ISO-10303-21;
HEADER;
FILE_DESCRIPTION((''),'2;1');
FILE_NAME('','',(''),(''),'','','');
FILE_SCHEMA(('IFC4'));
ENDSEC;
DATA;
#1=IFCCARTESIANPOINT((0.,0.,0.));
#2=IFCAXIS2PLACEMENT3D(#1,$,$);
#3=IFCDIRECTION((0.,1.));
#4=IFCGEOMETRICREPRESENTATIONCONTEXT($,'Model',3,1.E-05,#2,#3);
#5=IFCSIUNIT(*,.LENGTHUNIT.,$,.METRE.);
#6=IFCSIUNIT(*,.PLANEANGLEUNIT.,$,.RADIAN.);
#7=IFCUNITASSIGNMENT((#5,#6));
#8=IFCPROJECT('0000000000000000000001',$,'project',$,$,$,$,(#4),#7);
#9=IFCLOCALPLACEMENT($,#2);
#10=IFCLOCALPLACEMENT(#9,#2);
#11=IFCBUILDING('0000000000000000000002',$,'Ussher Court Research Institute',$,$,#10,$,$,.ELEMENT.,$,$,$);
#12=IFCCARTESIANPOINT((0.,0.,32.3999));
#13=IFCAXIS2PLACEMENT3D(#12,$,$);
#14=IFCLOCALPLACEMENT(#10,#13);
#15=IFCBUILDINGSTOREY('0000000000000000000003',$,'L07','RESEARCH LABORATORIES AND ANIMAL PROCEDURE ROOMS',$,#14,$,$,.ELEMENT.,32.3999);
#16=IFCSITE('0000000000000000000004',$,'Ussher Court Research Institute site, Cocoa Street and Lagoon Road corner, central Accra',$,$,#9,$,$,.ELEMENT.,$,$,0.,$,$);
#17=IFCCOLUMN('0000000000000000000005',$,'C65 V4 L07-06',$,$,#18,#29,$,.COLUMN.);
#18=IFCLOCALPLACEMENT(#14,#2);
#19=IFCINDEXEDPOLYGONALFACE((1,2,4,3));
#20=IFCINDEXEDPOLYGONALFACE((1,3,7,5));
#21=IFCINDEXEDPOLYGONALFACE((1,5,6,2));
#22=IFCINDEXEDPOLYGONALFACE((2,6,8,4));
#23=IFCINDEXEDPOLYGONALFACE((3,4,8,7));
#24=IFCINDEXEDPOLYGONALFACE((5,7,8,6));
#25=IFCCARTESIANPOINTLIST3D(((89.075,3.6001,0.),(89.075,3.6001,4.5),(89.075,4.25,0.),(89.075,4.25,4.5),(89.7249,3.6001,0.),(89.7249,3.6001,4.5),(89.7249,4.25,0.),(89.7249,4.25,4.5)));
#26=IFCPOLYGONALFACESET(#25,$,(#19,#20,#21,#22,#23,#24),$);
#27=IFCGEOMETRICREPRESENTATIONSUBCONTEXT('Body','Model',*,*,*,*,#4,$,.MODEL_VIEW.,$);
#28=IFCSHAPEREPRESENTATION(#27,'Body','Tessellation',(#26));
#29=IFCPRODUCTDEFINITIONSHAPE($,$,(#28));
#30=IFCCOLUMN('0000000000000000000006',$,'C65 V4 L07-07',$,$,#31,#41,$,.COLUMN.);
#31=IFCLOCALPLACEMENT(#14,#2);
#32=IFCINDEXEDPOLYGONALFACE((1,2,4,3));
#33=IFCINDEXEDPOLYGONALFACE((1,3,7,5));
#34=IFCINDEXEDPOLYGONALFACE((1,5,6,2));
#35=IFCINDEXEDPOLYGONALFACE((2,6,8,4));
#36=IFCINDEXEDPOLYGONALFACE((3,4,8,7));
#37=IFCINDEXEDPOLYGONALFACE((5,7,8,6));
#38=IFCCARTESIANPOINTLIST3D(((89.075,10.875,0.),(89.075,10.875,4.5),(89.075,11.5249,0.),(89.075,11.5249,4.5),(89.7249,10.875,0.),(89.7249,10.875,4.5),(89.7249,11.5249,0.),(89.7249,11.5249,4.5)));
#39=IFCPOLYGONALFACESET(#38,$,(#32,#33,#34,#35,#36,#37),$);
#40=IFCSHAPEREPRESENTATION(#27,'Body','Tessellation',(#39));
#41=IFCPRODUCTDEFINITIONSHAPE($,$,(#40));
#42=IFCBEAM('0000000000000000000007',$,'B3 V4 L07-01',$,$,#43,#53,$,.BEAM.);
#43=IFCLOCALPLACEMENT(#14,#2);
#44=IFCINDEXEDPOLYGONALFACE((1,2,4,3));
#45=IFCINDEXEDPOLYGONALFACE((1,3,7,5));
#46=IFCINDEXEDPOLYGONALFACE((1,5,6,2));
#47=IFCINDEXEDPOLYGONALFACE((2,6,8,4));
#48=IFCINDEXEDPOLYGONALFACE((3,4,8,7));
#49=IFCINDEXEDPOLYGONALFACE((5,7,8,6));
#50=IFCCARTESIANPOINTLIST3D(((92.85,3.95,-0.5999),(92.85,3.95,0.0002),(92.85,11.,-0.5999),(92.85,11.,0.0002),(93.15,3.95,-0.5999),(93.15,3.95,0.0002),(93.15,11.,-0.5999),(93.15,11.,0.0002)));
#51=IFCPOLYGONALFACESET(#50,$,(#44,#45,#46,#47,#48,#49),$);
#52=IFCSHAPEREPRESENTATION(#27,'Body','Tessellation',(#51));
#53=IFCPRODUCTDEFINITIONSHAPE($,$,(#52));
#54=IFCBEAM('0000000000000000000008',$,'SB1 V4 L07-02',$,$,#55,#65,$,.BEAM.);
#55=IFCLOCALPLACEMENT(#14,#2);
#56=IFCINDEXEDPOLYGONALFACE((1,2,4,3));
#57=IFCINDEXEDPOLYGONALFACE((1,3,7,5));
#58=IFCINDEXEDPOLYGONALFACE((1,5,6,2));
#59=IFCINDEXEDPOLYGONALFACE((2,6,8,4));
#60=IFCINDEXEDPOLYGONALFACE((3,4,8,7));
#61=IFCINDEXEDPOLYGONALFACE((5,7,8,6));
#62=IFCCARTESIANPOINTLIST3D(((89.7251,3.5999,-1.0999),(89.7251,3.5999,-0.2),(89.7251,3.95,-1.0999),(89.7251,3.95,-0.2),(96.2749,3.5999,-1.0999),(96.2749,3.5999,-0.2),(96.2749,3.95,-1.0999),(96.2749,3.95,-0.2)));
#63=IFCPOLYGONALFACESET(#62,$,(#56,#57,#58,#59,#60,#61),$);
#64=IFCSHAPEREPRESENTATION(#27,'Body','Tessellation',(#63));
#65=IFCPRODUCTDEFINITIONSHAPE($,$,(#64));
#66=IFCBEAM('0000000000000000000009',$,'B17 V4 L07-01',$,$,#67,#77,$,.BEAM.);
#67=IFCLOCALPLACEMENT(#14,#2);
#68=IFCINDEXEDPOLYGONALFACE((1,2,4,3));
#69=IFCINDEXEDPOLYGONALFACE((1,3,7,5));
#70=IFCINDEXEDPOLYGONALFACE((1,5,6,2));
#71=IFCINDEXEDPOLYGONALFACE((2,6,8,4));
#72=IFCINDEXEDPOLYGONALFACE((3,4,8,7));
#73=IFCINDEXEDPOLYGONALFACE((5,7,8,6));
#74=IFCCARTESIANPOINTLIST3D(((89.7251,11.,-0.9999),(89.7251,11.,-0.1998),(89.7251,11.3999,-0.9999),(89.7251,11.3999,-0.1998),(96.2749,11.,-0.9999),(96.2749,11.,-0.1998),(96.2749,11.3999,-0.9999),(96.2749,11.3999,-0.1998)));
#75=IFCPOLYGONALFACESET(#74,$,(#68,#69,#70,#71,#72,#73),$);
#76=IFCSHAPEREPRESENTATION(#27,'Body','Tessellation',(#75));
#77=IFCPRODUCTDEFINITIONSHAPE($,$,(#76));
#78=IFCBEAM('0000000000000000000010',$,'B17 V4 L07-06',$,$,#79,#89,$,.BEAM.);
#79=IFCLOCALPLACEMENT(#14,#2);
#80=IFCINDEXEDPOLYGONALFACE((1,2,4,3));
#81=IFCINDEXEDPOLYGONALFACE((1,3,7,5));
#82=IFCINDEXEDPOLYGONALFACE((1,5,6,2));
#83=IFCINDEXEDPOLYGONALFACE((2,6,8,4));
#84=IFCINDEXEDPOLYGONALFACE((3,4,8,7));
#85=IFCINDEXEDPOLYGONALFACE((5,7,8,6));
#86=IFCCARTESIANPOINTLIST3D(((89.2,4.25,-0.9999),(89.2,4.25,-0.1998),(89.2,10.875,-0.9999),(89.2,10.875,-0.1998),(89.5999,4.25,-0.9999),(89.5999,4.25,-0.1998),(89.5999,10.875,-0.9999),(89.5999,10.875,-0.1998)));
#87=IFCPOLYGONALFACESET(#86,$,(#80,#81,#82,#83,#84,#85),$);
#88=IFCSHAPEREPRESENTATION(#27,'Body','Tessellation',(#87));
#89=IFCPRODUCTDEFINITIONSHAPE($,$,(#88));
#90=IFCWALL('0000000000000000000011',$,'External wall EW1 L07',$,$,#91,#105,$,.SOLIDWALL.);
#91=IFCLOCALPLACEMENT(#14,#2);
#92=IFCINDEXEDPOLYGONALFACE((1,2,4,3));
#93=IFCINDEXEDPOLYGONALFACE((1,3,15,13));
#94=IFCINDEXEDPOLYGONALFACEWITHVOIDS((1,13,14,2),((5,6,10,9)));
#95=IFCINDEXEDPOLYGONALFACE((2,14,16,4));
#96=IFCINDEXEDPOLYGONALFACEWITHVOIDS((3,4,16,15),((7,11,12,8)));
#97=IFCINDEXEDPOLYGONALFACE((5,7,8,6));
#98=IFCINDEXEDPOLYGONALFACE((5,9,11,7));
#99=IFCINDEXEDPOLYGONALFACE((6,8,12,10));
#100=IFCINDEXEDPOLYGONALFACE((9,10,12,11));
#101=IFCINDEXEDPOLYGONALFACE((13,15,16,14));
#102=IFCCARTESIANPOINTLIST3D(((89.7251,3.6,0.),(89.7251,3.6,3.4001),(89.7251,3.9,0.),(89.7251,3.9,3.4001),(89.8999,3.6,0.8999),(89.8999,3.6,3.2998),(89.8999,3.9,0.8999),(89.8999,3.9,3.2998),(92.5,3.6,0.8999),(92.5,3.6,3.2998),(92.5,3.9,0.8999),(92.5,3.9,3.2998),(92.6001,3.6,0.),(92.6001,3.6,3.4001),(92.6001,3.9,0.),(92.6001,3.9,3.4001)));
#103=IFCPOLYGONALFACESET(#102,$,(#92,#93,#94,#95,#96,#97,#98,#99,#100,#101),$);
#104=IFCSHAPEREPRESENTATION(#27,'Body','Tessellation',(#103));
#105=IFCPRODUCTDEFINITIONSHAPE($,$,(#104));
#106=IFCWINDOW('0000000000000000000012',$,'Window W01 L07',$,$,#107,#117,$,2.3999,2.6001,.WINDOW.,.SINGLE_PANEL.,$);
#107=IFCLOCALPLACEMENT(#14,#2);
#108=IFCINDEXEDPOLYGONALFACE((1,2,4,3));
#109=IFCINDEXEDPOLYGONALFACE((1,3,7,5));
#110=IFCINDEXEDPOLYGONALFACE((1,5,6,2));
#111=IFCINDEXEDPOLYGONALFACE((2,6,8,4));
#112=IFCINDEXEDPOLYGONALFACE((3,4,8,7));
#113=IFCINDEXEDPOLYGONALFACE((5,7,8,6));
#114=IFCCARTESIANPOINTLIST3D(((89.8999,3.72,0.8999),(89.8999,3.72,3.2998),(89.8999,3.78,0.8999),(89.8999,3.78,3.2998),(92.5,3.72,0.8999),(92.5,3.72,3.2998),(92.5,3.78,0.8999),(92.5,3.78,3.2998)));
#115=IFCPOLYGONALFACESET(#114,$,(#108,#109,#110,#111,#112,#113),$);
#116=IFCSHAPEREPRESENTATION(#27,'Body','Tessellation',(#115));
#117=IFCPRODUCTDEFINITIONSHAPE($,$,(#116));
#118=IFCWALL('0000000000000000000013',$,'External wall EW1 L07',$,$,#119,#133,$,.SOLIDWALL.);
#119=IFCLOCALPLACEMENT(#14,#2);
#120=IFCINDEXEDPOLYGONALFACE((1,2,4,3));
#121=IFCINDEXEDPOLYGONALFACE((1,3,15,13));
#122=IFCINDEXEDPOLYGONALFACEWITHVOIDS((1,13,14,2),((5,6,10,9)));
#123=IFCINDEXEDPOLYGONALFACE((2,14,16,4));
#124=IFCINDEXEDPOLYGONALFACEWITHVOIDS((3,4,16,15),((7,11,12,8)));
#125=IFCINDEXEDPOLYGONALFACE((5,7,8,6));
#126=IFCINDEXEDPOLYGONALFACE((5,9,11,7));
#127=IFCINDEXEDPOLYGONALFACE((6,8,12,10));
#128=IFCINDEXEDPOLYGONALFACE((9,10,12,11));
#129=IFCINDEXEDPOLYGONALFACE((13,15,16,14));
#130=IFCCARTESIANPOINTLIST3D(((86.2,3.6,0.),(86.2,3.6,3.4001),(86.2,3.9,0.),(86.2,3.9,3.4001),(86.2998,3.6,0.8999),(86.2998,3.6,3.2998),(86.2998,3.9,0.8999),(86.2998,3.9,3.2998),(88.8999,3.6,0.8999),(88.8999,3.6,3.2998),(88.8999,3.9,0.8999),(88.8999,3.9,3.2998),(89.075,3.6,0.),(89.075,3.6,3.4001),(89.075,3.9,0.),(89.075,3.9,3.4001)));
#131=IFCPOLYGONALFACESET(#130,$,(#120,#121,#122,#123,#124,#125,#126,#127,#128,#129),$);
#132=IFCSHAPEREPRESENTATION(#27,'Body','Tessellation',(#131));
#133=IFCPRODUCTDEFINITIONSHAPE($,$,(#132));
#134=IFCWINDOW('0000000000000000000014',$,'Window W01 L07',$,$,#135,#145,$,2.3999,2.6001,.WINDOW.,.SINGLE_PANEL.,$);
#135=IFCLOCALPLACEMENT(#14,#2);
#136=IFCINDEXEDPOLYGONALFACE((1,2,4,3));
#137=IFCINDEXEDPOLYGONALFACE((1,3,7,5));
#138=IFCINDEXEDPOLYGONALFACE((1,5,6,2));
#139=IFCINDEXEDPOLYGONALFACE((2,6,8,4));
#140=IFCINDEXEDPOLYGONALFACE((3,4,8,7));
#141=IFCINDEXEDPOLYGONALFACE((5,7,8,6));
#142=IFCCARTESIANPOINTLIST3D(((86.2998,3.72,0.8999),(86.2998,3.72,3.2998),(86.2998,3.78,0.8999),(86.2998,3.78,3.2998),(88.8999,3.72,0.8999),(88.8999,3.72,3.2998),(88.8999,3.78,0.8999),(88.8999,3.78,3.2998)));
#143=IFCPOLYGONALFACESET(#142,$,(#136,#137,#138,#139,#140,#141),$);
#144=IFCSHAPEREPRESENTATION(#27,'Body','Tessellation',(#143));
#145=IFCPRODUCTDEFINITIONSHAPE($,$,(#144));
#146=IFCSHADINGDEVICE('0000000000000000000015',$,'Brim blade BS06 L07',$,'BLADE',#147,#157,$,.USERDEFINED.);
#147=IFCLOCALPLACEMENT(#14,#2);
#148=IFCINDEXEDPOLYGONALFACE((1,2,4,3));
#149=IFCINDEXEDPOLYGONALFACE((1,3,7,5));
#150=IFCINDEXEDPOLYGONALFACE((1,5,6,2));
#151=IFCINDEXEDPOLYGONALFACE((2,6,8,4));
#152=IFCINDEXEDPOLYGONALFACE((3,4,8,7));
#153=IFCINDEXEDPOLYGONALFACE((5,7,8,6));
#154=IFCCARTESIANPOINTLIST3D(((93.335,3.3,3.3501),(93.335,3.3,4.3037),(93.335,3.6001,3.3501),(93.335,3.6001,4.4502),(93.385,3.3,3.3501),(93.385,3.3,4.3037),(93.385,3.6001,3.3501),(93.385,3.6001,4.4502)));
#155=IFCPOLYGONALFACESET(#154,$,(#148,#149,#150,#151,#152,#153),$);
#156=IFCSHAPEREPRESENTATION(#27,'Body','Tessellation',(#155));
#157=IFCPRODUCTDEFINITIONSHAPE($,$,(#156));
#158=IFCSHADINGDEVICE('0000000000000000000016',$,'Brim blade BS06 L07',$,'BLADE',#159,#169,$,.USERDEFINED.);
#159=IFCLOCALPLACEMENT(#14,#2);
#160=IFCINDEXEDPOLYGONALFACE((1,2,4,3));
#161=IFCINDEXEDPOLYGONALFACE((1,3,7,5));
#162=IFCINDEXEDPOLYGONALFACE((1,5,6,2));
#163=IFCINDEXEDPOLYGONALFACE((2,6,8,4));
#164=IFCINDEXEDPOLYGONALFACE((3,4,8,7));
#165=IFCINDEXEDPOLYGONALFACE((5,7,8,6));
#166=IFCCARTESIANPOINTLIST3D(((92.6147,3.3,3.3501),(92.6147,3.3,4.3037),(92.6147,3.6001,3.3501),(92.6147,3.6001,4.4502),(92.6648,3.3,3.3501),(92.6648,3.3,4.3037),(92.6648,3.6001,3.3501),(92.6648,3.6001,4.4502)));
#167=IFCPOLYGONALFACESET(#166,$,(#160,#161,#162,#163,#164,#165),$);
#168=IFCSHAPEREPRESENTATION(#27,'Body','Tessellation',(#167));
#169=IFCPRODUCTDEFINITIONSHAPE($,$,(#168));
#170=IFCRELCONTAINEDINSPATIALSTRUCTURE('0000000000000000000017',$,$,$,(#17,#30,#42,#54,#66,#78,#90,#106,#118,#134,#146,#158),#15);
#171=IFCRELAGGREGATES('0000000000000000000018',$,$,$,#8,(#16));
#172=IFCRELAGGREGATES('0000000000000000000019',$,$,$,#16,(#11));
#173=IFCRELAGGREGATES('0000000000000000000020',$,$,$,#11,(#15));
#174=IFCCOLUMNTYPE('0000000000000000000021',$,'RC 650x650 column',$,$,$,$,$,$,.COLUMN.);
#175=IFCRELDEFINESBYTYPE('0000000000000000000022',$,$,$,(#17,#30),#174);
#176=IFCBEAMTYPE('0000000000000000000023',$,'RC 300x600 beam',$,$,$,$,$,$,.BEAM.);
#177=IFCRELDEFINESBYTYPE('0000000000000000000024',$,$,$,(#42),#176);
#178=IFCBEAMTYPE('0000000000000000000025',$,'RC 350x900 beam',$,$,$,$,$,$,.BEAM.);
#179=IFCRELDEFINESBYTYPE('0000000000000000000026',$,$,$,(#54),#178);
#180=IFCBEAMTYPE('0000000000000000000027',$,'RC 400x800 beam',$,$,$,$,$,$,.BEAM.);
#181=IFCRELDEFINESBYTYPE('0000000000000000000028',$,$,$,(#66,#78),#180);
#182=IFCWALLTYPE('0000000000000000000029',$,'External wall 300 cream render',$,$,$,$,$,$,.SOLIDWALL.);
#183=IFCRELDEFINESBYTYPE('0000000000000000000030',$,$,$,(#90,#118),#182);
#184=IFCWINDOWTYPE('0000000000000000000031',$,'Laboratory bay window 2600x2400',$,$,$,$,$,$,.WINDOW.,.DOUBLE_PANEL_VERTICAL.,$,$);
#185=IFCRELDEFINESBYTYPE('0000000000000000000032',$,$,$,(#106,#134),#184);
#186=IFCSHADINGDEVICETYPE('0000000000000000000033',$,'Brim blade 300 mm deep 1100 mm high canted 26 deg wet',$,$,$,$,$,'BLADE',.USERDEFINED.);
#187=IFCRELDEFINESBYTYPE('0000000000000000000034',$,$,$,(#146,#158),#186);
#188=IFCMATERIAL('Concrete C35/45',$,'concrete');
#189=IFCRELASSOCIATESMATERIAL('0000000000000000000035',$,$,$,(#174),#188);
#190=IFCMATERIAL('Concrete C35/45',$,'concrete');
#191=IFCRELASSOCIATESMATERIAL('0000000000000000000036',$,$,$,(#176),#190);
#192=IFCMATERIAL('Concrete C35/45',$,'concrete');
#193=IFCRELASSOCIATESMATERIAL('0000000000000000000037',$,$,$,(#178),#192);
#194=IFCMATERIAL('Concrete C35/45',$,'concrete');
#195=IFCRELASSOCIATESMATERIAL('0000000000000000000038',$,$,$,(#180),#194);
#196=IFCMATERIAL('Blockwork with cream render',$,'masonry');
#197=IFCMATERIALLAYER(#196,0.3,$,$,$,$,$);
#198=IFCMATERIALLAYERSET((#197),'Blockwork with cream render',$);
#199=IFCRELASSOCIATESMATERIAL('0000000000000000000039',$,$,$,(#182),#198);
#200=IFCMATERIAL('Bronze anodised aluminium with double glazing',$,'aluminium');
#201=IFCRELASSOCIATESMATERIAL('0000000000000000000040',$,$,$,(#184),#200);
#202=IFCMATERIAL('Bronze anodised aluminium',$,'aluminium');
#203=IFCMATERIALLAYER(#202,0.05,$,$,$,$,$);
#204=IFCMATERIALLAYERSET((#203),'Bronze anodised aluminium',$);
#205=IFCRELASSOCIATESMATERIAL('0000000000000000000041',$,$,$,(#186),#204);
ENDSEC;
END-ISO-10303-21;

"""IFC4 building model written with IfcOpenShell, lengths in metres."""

from ifc_helpers import new_model, si_unit, direction, frame, frame_2d, origin, origin_2d, place, context, subcontext, project, spatial, polyline, rectangle, outline, extrude, material, layer, layer_set, material_profile, profile_set, type_object, element, fill, save


model = new_model("IFC4")

# Units and contexts
model_context = context("Model", 3, precision=1e-05, world=origin(), true_north=direction((0.0, 1.0)))
body_context = subcontext(model_context, "Body", "Model", "MODEL_VIEW")
ifc_project = project(units=[si_unit("LENGTHUNIT", "METRE"), si_unit("PLANEANGLEUNIT", "RADIAN")], contexts=[model_context])

# Site, building, storey
site_placement = place(None, origin())
site = spatial("IfcSite", under=ifc_project, at=site_placement, Name="Ussher Court Research Institute site, Cocoa Street and Lagoon Road corner, central Accra", CompositionType="ELEMENT", RefElevation=0.0)
building_placement = place(site_placement, origin())
building = spatial("IfcBuilding", under=site, at=building_placement, Name="Ussher Court Research Institute", CompositionType="ELEMENT")
storey_placement = place(building_placement, frame((0.0, 0.0, 32.3999)))
storey = spatial("IfcBuildingStorey", under=building, at=storey_placement, Name="L07", Description="RESEARCH LABORATORIES AND ANIMAL PROCEDURE ROOMS", CompositionType="ELEMENT", Elevation=32.3999)

# Columns
ifc_material_1 = material(Name="Concrete C35/45", Category="concrete")
ifc_material_profile_1 = material_profile(ifc_material_1, rectangle(XDim=0.6499, YDim=0.6499, at=origin_2d()), Name="RC 650x650")
ifc_profile_set_1 = profile_set([ifc_material_profile_1], Name="Concrete C35/45")
column_type = type_object("IfcColumnType", Name="RC 650x650 column", PredefinedType="COLUMN", material=ifc_profile_set_1)
for number, where, z_axis, x_axis, name in (
    (1, (89.3999, 3.925, 0.0), (0.0, 0.0, 1.0), (1.0, 0.0, 0.0), "C65 V4 L07-06"),
    (2, (89.3999, 11.2, 0.0), (0.0, 0.0, 1.0), (1.0, 0.0, 0.0), "C65 V4 L07-07"),
):
    element("IfcColumn", number, at=place(storey_placement, frame(where, z_axis=z_axis, x_axis=x_axis)), inside=storey, type_object=column_type, Name=name, PredefinedType="COLUMN", context=body_context, shape_type="SweptSolid", body=[
        extrude(rectangle(XDim=0.6499, YDim=0.6499, at=origin_2d()), origin(), (0.0, 0.0, 1.0), 4.5),
    ])

# Beams
ifc_material_2 = material(Name="Concrete C35/45", Category="concrete")
ifc_material_profile_2 = material_profile(ifc_material_2, rectangle(XDim=0.3, YDim=0.6001, at=origin_2d()), Name="RC 300x600")
ifc_profile_set_2 = profile_set([ifc_material_profile_2], Name="Concrete C35/45")
beam_type_1 = type_object("IfcBeamType", Name="RC 300x600 beam", PredefinedType="BEAM", material=ifc_profile_set_2)
beam_1_placement = place(storey_placement, frame((93.0, 3.95, -0.2998), z_axis=(0.0, 1.0, 0.0), x_axis=(-1.0, 0.0, 0.0)))
element("IfcBeam", 3, at=beam_1_placement, inside=storey, type_object=beam_type_1, Name="B3 V4 L07-01", PredefinedType="BEAM", context=body_context, shape_type="SweptSolid", body=[
    extrude(rectangle(XDim=0.3, YDim=0.6001, at=origin_2d()), origin(), (0.0, 0.0, 1.0), 7.05),
])
ifc_material_3 = material(Name="Concrete C35/45", Category="concrete")
ifc_material_profile_3 = material_profile(ifc_material_3, rectangle(XDim=0.3501, YDim=0.8999, at=origin_2d()), Name="RC 350x900")
ifc_profile_set_3 = profile_set([ifc_material_profile_3], Name="Concrete C35/45")
beam_type_2 = type_object("IfcBeamType", Name="RC 350x900 beam", PredefinedType="BEAM", material=ifc_profile_set_3)
beam_2_placement = place(storey_placement, frame((89.7251, 3.7749, -0.6499), z_axis=(1.0, 0.0, 0.0), x_axis=(0.0, 1.0, 0.0)))
element("IfcBeam", 4, at=beam_2_placement, inside=storey, type_object=beam_type_2, Name="SB1 V4 L07-02", PredefinedType="BEAM", context=body_context, shape_type="SweptSolid", body=[
    extrude(rectangle(XDim=0.3501, YDim=0.8999, at=origin_2d()), origin(), (0.0, 0.0, 1.0), 6.5498),
])
ifc_material_4 = material(Name="Concrete C35/45", Category="concrete")
ifc_material_profile_4 = material_profile(ifc_material_4, rectangle(XDim=0.3999, YDim=0.8, at=origin_2d()), Name="RC 400x800")
ifc_profile_set_4 = profile_set([ifc_material_profile_4], Name="Concrete C35/45")
beam_type_3 = type_object("IfcBeamType", Name="RC 400x800 beam", PredefinedType="BEAM", material=ifc_profile_set_4)
beam_3_placement = place(storey_placement, frame((89.7251, 11.2, -0.5999), z_axis=(1.0, 0.0, 0.0), x_axis=(0.0, 1.0, 0.0)))
element("IfcBeam", 5, at=beam_3_placement, inside=storey, type_object=beam_type_3, Name="B17 V4 L07-01", PredefinedType="BEAM", context=body_context, shape_type="SweptSolid", body=[
    extrude(rectangle(XDim=0.3999, YDim=0.8, at=origin_2d()), origin(), (0.0, 0.0, 1.0), 6.5498),
])
beam_4_placement = place(storey_placement, frame((89.3999, 4.25, -0.5999), z_axis=(0.0, 1.0, 0.0), x_axis=(-1.0, 0.0, 0.0)))
element("IfcBeam", 6, at=beam_4_placement, inside=storey, type_object=beam_type_3, Name="B17 V4 L07-06", PredefinedType="BEAM", context=body_context, shape_type="SweptSolid", body=[
    extrude(rectangle(XDim=0.3999, YDim=0.8, at=origin_2d()), origin(), (0.0, 0.0, 1.0), 6.625),
])

# Walls, openings, windows
ifc_material_5 = material(Name="Blockwork with cream render", Category="masonry")
ifc_layer_1 = layer(ifc_material_5, 0.3)
ifc_layer_set_1 = layer_set([ifc_layer_1], Name="Blockwork with cream render")
wall_type = type_object("IfcWallType", Name="External wall 300 cream render", PredefinedType="SOLIDWALL", material=ifc_layer_set_1)
wall_1_placement = place(storey_placement, frame((92.6001, 3.75, 0.0), z_axis=(0.0, 0.0, 1.0), x_axis=(-1.0, 0.0, 0.0)))
wall_1 = element("IfcWall", 7, at=wall_1_placement, inside=storey, type_object=wall_type, Name="External wall EW1 L07", PredefinedType="SOLIDWALL", context=body_context, shape_type="SweptSolid", body=[
    extrude(rectangle(XDim=2.875, YDim=0.3, at=frame_2d((1.4375, 0.0))), origin(), (0.0, 0.0, 1.0), 3.4001),
])
opening_1_placement = place(wall_1_placement, frame((0.1001, 0.0, 0.8999)))
opening_1 = element("IfcOpeningElement", 8, at=opening_1_placement, cuts=wall_1, PredefinedType="OPENING", context=body_context, shape_type="SweptSolid", body=[
    extrude(rectangle(XDim=2.6001, YDim=2.3999, at=frame_2d((1.3, 1.2))), frame((0.0, 0.1602, 0.0), z_axis=(0.0, -1.0, 0.0), x_axis=(1.0, 0.0, 0.0)), (0.0, 0.0, 1.0), 0.3201),
])
ifc_material_6 = material(Name="Bronze anodised aluminium with double glazing", Category="aluminium")
window_type = type_object("IfcWindowType", Name="Laboratory bay window 2600x2400", PartitioningType="DOUBLE_PANEL_VERTICAL", PredefinedType="WINDOW", material=ifc_material_6)
window_1_placement = place(opening_1_placement, origin())
window_1 = element("IfcWindow", 9, at=window_1_placement, inside=storey, type_object=window_type, Name="Window W01 L07", OverallHeight=2.3999, OverallWidth=2.6001, PartitioningType="SINGLE_PANEL", PredefinedType="WINDOW", context=body_context, shape_type="SweptSolid", body=[
    extrude(rectangle(XDim=2.6001, YDim=2.3999, at=frame_2d((1.3, 1.2))), frame((0.0, 0.03, 0.0), z_axis=(0.0, -1.0, 0.0), x_axis=(1.0, 0.0, 0.0)), (0.0, 0.0, 1.0), 0.0601),
])
fill(opening_1, window_1)
wall_2_placement = place(storey_placement, frame((89.075, 3.75, 0.0), z_axis=(0.0, 0.0, 1.0), x_axis=(-1.0, 0.0, 0.0)))
wall_2 = element("IfcWall", 10, at=wall_2_placement, inside=storey, type_object=wall_type, Name="External wall EW1 L07", PredefinedType="SOLIDWALL", context=body_context, shape_type="SweptSolid", body=[
    extrude(rectangle(XDim=2.875, YDim=0.3, at=frame_2d((1.4375, 0.0))), origin(), (0.0, 0.0, 1.0), 3.4001),
])
opening_2_placement = place(wall_2_placement, frame((0.175, 0.0, 0.8999)))
opening_2 = element("IfcOpeningElement", 11, at=opening_2_placement, cuts=wall_2, PredefinedType="OPENING", context=body_context, shape_type="SweptSolid", body=[
    extrude(rectangle(XDim=2.6001, YDim=2.3999, at=frame_2d((1.3, 1.2))), frame((0.0, 0.1602, 0.0), z_axis=(0.0, -1.0, 0.0), x_axis=(1.0, 0.0, 0.0)), (0.0, 0.0, 1.0), 0.3201),
])
window_2_placement = place(opening_2_placement, origin())
window_2 = element("IfcWindow", 12, at=window_2_placement, inside=storey, type_object=window_type, Name="Window W01 L07", OverallHeight=2.3999, OverallWidth=2.6001, PartitioningType="SINGLE_PANEL", PredefinedType="WINDOW", context=body_context, shape_type="SweptSolid", body=[
    extrude(rectangle(XDim=2.6001, YDim=2.3999, at=frame_2d((1.3, 1.2))), frame((0.0, 0.03, 0.0), z_axis=(0.0, -1.0, 0.0), x_axis=(1.0, 0.0, 0.0)), (0.0, 0.0, 1.0), 0.0601),
])
fill(opening_2, window_2)

# Shading devices
ifc_material_7 = material(Name="Bronze anodised aluminium", Category="aluminium")
ifc_layer_2 = layer(ifc_material_7, 0.05)
ifc_layer_set_2 = layer_set([ifc_layer_2], Name="Bronze anodised aluminium")
shading_device_type_1 = type_object("IfcShadingDeviceType", Name="Brim blade 300 mm deep 1100 mm high canted 26 deg wet", ElementType="BLADE", PredefinedType="USERDEFINED", material=ifc_layer_set_2)
for number, where, z_axis, x_axis, name in (
    (13, (93.3601, 3.6001, 3.3501), (0.0, 0.0, 1.0), (0.0, -1.0, 0.0), "Brim blade BS06 L07"),
    (14, (92.6399, 3.6001, 3.3501), (0.0, 0.0, 1.0), (0.0, -1.0, 0.0), "Brim blade BS06 L07"),
):
    element("IfcShadingDevice", number, at=place(storey_placement, frame(where, z_axis=z_axis, x_axis=x_axis)), inside=storey, type_object=shading_device_type_1, Name=name, ObjectType="BLADE", PredefinedType="USERDEFINED", context=body_context, shape_type="SweptSolid", body=[
        extrude(outline(polyline([(0.0, 0.0), (0.3, 0.0), (0.3, 0.9536), (0.0, 1.1001), (0.0, 0.0)])), frame((0.0, 0.0249, 0.0), z_axis=(0.0, -1.0, 0.0), x_axis=(1.0, 0.0, 0.0)), (0.0, 0.0, 1.0), 0.05),
    ])

save(model, "model.ifc")
